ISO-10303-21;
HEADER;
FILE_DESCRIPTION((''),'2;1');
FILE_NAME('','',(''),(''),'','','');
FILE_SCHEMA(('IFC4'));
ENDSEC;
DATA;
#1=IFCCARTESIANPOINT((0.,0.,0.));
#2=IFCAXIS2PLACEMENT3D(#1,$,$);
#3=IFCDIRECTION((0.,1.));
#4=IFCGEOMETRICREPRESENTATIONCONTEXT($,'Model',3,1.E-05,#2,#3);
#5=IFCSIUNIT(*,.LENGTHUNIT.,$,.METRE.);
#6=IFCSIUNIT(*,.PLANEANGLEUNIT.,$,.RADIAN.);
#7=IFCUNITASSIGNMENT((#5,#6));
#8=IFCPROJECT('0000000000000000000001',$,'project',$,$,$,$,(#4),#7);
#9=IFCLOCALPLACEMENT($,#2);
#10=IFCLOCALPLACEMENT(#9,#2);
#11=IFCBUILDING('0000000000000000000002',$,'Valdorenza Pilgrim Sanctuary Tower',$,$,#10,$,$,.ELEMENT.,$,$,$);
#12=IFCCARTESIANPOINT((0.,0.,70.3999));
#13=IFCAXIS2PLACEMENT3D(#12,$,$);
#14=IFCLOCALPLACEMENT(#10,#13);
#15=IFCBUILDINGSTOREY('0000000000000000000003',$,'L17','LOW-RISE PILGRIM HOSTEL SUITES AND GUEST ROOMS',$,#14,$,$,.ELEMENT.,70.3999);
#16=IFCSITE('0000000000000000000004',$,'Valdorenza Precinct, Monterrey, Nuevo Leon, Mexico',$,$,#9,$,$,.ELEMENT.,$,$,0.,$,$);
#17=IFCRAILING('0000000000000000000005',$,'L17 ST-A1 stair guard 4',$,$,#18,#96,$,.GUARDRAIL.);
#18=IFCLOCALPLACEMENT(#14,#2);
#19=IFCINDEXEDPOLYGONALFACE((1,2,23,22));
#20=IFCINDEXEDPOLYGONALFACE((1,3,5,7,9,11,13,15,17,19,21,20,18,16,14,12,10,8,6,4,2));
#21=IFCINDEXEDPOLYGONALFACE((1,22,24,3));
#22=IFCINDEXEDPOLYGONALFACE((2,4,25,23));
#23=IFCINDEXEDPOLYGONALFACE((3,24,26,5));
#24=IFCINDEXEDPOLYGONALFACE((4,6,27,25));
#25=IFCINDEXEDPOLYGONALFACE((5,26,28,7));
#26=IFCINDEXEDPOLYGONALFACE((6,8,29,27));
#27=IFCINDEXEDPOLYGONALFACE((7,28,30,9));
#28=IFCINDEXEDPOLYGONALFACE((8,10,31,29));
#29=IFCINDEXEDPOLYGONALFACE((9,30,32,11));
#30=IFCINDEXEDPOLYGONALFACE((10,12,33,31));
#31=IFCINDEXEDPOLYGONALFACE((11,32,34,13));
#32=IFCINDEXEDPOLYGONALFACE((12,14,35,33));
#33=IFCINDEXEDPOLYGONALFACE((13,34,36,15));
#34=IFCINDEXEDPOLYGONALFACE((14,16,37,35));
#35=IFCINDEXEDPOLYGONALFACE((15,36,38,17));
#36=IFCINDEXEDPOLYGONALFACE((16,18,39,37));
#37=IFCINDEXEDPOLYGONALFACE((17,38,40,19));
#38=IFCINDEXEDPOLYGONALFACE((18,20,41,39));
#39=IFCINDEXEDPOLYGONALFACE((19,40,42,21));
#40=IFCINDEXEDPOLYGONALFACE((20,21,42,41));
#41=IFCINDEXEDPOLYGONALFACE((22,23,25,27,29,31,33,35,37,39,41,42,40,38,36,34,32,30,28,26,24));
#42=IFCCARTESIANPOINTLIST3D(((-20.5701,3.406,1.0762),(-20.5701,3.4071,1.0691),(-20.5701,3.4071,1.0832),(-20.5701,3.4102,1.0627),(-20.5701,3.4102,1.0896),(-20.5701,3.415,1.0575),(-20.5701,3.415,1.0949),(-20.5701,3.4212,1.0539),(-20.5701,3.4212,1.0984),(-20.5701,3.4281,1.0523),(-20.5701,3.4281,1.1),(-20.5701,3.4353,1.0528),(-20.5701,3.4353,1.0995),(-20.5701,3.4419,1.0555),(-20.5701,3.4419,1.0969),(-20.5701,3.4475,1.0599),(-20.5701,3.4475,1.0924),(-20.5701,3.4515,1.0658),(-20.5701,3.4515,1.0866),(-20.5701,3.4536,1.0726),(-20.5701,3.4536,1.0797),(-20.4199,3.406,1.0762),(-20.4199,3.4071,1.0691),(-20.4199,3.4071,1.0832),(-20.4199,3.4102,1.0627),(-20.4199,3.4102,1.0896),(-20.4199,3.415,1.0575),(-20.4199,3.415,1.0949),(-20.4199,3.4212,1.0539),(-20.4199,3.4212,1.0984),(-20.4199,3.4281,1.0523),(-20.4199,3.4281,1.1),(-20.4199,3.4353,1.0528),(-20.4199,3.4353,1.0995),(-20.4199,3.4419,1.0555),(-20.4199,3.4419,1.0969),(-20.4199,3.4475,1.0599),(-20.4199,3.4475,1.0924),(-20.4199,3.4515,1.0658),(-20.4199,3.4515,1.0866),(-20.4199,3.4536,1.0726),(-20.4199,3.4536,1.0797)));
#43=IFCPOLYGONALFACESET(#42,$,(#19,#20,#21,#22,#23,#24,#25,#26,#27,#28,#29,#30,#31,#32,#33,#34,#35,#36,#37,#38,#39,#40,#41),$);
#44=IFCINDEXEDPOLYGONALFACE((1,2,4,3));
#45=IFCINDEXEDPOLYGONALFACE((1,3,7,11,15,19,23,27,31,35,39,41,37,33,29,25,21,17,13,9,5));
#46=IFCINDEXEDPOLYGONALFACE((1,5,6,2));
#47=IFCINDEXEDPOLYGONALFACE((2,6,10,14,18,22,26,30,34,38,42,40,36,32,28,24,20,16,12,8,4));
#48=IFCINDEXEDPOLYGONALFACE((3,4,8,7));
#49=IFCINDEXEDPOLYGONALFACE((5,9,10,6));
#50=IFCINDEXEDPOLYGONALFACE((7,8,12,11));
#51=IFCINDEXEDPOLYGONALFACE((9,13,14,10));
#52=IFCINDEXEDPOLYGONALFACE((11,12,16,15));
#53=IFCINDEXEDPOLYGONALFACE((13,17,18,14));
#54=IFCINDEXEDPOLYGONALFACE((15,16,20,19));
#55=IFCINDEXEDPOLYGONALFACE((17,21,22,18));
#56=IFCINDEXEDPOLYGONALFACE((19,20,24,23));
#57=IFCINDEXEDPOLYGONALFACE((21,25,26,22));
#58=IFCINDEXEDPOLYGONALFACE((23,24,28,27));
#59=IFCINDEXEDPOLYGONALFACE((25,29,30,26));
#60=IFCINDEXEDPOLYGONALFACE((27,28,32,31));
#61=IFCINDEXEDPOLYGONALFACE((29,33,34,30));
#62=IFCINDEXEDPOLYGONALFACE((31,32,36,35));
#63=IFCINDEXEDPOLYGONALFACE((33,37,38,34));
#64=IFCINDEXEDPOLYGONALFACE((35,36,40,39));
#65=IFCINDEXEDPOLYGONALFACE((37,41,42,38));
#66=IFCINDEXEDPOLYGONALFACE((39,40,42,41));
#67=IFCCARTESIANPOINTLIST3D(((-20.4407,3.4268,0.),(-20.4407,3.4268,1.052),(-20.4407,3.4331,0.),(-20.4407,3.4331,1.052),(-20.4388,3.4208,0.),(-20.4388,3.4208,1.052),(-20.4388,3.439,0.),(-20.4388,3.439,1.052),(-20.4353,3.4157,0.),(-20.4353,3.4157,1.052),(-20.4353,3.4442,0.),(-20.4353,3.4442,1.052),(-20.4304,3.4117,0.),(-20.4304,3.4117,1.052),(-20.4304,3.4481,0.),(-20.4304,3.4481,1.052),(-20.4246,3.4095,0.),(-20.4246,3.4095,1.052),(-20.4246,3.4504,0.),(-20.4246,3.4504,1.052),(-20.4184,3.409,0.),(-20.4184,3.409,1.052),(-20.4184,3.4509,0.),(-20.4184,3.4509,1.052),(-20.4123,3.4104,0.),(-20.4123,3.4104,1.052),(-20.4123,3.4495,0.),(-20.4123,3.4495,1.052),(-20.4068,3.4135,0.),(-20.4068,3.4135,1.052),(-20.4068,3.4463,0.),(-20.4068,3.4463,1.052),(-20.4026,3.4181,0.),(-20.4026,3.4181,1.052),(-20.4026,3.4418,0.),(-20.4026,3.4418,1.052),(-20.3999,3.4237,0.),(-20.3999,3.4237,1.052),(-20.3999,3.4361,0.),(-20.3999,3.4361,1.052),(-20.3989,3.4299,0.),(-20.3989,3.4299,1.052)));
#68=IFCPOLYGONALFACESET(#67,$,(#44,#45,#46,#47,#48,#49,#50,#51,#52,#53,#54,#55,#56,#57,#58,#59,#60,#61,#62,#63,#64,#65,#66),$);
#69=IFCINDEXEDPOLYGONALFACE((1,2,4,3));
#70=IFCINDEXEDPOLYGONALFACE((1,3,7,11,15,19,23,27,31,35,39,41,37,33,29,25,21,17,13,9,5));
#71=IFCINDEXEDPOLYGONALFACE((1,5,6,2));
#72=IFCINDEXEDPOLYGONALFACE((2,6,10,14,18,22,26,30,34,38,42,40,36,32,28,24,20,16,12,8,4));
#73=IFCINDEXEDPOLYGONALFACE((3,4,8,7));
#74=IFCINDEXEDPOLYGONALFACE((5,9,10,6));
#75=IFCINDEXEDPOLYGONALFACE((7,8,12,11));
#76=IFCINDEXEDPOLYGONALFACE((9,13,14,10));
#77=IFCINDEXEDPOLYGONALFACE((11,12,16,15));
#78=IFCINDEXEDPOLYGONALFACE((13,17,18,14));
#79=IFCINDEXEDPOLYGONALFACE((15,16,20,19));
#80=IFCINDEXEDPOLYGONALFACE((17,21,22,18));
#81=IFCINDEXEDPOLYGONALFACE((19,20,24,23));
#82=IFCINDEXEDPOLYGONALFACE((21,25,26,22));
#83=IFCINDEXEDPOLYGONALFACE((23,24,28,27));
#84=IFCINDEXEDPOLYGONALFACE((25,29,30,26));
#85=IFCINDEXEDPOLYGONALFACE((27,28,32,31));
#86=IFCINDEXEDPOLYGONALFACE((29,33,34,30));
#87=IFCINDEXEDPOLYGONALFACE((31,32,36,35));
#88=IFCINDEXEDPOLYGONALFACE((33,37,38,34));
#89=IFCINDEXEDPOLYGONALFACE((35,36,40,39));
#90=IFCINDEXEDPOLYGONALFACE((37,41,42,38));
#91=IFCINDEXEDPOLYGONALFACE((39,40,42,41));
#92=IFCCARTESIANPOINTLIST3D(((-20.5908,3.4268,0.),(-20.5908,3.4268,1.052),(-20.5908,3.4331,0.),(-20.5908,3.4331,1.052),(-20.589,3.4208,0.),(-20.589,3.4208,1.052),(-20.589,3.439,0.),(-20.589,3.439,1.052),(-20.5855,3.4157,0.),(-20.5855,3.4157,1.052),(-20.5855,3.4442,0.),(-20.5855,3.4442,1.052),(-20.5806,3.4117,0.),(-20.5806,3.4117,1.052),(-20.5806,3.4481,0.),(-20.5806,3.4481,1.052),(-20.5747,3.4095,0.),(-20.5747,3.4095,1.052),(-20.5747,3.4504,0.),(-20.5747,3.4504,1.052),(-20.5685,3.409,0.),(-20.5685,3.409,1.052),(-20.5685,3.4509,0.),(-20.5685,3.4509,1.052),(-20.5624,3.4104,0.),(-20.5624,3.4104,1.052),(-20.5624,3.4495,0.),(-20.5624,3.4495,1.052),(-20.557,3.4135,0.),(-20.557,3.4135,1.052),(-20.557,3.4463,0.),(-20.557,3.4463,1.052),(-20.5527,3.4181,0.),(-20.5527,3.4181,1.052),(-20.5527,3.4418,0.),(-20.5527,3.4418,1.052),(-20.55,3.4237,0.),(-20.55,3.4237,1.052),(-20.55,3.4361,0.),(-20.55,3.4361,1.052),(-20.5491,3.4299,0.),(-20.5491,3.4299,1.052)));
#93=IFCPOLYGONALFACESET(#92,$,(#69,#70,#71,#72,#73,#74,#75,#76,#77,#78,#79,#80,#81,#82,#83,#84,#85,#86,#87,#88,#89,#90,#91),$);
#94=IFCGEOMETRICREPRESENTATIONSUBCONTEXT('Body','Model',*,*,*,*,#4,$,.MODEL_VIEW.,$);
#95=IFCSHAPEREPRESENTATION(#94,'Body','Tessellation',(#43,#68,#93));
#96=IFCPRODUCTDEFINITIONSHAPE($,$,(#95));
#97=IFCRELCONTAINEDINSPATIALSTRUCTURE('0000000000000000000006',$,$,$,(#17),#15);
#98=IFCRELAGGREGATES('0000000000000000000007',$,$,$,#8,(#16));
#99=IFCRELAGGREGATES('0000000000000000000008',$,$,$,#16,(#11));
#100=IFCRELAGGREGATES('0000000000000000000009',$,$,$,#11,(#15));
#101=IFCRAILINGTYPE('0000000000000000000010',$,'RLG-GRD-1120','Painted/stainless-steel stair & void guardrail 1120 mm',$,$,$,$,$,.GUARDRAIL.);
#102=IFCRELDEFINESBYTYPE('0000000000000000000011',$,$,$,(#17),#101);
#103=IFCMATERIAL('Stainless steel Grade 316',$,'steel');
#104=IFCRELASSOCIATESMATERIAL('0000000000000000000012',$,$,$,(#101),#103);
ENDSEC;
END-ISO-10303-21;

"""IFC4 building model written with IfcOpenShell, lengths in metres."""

from ifc_helpers import new_model, si_unit, direction, frame, origin, origin_2d, place, context, subcontext, project, spatial, circle, extrude, material, type_object, element, save


model = new_model("IFC4")

# Units and contexts
model_context = context("Model", 3, precision=1e-05, world=origin(), true_north=direction((0.0, 1.0)))
body_context = subcontext(model_context, "Body", "Model", "MODEL_VIEW")
ifc_project = project(units=[si_unit("LENGTHUNIT", "METRE"), si_unit("PLANEANGLEUNIT", "RADIAN")], contexts=[model_context])

# Site, building, storey
site_placement = place(None, origin())
site = spatial("IfcSite", under=ifc_project, at=site_placement, Name="Valdorenza Precinct, Monterrey, Nuevo Leon, Mexico", CompositionType="ELEMENT", RefElevation=0.0)
building_placement = place(site_placement, origin())
building = spatial("IfcBuilding", under=site, at=building_placement, Name="Valdorenza Pilgrim Sanctuary Tower", CompositionType="ELEMENT")
storey_placement = place(building_placement, frame((0.0, 0.0, 70.3999)))
storey = spatial("IfcBuildingStorey", under=building, at=storey_placement, Name="L17", Description="LOW-RISE PILGRIM HOSTEL SUITES AND GUEST ROOMS", CompositionType="ELEMENT", Elevation=70.3999)

# Railing
ifc_material_1 = material(Name="Stainless steel Grade 316", Category="steel")
railing_type_1 = type_object("IfcRailingType", Name="RLG-GRD-1120", Description="Painted/stainless-steel stair & void guardrail 1120 mm", PredefinedType="GUARDRAIL", material=ifc_material_1)
railing_1_placement = place(storey_placement, frame((-20.4199, 3.4299, 0.0)))
element("IfcRailing", 1, at=railing_1_placement, inside=storey, type_object=railing_type_1, Name="L17 ST-A1 stair guard 4", PredefinedType="GUARDRAIL", context=body_context, shape_type="SweptSolid", body=[
    extrude(circle(Radius=0.0239, at=origin_2d()), frame((0.0, 0.0, 1.0762), z_axis=(-1.0, 0.0, 0.0), x_axis=(0.0, -1.0, 0.0)), (0.0, 0.0, 1.0), 0.1501),
    extrude(circle(Radius=0.021, at=origin_2d()), origin(), (0.0, 0.0, 1.0), 1.052),
    extrude(circle(Radius=0.021, at=origin_2d()), frame((-0.1501, 0.0, 0.0)), (0.0, 0.0, 1.0), 1.052),
])

save(model, "model.ifc")
